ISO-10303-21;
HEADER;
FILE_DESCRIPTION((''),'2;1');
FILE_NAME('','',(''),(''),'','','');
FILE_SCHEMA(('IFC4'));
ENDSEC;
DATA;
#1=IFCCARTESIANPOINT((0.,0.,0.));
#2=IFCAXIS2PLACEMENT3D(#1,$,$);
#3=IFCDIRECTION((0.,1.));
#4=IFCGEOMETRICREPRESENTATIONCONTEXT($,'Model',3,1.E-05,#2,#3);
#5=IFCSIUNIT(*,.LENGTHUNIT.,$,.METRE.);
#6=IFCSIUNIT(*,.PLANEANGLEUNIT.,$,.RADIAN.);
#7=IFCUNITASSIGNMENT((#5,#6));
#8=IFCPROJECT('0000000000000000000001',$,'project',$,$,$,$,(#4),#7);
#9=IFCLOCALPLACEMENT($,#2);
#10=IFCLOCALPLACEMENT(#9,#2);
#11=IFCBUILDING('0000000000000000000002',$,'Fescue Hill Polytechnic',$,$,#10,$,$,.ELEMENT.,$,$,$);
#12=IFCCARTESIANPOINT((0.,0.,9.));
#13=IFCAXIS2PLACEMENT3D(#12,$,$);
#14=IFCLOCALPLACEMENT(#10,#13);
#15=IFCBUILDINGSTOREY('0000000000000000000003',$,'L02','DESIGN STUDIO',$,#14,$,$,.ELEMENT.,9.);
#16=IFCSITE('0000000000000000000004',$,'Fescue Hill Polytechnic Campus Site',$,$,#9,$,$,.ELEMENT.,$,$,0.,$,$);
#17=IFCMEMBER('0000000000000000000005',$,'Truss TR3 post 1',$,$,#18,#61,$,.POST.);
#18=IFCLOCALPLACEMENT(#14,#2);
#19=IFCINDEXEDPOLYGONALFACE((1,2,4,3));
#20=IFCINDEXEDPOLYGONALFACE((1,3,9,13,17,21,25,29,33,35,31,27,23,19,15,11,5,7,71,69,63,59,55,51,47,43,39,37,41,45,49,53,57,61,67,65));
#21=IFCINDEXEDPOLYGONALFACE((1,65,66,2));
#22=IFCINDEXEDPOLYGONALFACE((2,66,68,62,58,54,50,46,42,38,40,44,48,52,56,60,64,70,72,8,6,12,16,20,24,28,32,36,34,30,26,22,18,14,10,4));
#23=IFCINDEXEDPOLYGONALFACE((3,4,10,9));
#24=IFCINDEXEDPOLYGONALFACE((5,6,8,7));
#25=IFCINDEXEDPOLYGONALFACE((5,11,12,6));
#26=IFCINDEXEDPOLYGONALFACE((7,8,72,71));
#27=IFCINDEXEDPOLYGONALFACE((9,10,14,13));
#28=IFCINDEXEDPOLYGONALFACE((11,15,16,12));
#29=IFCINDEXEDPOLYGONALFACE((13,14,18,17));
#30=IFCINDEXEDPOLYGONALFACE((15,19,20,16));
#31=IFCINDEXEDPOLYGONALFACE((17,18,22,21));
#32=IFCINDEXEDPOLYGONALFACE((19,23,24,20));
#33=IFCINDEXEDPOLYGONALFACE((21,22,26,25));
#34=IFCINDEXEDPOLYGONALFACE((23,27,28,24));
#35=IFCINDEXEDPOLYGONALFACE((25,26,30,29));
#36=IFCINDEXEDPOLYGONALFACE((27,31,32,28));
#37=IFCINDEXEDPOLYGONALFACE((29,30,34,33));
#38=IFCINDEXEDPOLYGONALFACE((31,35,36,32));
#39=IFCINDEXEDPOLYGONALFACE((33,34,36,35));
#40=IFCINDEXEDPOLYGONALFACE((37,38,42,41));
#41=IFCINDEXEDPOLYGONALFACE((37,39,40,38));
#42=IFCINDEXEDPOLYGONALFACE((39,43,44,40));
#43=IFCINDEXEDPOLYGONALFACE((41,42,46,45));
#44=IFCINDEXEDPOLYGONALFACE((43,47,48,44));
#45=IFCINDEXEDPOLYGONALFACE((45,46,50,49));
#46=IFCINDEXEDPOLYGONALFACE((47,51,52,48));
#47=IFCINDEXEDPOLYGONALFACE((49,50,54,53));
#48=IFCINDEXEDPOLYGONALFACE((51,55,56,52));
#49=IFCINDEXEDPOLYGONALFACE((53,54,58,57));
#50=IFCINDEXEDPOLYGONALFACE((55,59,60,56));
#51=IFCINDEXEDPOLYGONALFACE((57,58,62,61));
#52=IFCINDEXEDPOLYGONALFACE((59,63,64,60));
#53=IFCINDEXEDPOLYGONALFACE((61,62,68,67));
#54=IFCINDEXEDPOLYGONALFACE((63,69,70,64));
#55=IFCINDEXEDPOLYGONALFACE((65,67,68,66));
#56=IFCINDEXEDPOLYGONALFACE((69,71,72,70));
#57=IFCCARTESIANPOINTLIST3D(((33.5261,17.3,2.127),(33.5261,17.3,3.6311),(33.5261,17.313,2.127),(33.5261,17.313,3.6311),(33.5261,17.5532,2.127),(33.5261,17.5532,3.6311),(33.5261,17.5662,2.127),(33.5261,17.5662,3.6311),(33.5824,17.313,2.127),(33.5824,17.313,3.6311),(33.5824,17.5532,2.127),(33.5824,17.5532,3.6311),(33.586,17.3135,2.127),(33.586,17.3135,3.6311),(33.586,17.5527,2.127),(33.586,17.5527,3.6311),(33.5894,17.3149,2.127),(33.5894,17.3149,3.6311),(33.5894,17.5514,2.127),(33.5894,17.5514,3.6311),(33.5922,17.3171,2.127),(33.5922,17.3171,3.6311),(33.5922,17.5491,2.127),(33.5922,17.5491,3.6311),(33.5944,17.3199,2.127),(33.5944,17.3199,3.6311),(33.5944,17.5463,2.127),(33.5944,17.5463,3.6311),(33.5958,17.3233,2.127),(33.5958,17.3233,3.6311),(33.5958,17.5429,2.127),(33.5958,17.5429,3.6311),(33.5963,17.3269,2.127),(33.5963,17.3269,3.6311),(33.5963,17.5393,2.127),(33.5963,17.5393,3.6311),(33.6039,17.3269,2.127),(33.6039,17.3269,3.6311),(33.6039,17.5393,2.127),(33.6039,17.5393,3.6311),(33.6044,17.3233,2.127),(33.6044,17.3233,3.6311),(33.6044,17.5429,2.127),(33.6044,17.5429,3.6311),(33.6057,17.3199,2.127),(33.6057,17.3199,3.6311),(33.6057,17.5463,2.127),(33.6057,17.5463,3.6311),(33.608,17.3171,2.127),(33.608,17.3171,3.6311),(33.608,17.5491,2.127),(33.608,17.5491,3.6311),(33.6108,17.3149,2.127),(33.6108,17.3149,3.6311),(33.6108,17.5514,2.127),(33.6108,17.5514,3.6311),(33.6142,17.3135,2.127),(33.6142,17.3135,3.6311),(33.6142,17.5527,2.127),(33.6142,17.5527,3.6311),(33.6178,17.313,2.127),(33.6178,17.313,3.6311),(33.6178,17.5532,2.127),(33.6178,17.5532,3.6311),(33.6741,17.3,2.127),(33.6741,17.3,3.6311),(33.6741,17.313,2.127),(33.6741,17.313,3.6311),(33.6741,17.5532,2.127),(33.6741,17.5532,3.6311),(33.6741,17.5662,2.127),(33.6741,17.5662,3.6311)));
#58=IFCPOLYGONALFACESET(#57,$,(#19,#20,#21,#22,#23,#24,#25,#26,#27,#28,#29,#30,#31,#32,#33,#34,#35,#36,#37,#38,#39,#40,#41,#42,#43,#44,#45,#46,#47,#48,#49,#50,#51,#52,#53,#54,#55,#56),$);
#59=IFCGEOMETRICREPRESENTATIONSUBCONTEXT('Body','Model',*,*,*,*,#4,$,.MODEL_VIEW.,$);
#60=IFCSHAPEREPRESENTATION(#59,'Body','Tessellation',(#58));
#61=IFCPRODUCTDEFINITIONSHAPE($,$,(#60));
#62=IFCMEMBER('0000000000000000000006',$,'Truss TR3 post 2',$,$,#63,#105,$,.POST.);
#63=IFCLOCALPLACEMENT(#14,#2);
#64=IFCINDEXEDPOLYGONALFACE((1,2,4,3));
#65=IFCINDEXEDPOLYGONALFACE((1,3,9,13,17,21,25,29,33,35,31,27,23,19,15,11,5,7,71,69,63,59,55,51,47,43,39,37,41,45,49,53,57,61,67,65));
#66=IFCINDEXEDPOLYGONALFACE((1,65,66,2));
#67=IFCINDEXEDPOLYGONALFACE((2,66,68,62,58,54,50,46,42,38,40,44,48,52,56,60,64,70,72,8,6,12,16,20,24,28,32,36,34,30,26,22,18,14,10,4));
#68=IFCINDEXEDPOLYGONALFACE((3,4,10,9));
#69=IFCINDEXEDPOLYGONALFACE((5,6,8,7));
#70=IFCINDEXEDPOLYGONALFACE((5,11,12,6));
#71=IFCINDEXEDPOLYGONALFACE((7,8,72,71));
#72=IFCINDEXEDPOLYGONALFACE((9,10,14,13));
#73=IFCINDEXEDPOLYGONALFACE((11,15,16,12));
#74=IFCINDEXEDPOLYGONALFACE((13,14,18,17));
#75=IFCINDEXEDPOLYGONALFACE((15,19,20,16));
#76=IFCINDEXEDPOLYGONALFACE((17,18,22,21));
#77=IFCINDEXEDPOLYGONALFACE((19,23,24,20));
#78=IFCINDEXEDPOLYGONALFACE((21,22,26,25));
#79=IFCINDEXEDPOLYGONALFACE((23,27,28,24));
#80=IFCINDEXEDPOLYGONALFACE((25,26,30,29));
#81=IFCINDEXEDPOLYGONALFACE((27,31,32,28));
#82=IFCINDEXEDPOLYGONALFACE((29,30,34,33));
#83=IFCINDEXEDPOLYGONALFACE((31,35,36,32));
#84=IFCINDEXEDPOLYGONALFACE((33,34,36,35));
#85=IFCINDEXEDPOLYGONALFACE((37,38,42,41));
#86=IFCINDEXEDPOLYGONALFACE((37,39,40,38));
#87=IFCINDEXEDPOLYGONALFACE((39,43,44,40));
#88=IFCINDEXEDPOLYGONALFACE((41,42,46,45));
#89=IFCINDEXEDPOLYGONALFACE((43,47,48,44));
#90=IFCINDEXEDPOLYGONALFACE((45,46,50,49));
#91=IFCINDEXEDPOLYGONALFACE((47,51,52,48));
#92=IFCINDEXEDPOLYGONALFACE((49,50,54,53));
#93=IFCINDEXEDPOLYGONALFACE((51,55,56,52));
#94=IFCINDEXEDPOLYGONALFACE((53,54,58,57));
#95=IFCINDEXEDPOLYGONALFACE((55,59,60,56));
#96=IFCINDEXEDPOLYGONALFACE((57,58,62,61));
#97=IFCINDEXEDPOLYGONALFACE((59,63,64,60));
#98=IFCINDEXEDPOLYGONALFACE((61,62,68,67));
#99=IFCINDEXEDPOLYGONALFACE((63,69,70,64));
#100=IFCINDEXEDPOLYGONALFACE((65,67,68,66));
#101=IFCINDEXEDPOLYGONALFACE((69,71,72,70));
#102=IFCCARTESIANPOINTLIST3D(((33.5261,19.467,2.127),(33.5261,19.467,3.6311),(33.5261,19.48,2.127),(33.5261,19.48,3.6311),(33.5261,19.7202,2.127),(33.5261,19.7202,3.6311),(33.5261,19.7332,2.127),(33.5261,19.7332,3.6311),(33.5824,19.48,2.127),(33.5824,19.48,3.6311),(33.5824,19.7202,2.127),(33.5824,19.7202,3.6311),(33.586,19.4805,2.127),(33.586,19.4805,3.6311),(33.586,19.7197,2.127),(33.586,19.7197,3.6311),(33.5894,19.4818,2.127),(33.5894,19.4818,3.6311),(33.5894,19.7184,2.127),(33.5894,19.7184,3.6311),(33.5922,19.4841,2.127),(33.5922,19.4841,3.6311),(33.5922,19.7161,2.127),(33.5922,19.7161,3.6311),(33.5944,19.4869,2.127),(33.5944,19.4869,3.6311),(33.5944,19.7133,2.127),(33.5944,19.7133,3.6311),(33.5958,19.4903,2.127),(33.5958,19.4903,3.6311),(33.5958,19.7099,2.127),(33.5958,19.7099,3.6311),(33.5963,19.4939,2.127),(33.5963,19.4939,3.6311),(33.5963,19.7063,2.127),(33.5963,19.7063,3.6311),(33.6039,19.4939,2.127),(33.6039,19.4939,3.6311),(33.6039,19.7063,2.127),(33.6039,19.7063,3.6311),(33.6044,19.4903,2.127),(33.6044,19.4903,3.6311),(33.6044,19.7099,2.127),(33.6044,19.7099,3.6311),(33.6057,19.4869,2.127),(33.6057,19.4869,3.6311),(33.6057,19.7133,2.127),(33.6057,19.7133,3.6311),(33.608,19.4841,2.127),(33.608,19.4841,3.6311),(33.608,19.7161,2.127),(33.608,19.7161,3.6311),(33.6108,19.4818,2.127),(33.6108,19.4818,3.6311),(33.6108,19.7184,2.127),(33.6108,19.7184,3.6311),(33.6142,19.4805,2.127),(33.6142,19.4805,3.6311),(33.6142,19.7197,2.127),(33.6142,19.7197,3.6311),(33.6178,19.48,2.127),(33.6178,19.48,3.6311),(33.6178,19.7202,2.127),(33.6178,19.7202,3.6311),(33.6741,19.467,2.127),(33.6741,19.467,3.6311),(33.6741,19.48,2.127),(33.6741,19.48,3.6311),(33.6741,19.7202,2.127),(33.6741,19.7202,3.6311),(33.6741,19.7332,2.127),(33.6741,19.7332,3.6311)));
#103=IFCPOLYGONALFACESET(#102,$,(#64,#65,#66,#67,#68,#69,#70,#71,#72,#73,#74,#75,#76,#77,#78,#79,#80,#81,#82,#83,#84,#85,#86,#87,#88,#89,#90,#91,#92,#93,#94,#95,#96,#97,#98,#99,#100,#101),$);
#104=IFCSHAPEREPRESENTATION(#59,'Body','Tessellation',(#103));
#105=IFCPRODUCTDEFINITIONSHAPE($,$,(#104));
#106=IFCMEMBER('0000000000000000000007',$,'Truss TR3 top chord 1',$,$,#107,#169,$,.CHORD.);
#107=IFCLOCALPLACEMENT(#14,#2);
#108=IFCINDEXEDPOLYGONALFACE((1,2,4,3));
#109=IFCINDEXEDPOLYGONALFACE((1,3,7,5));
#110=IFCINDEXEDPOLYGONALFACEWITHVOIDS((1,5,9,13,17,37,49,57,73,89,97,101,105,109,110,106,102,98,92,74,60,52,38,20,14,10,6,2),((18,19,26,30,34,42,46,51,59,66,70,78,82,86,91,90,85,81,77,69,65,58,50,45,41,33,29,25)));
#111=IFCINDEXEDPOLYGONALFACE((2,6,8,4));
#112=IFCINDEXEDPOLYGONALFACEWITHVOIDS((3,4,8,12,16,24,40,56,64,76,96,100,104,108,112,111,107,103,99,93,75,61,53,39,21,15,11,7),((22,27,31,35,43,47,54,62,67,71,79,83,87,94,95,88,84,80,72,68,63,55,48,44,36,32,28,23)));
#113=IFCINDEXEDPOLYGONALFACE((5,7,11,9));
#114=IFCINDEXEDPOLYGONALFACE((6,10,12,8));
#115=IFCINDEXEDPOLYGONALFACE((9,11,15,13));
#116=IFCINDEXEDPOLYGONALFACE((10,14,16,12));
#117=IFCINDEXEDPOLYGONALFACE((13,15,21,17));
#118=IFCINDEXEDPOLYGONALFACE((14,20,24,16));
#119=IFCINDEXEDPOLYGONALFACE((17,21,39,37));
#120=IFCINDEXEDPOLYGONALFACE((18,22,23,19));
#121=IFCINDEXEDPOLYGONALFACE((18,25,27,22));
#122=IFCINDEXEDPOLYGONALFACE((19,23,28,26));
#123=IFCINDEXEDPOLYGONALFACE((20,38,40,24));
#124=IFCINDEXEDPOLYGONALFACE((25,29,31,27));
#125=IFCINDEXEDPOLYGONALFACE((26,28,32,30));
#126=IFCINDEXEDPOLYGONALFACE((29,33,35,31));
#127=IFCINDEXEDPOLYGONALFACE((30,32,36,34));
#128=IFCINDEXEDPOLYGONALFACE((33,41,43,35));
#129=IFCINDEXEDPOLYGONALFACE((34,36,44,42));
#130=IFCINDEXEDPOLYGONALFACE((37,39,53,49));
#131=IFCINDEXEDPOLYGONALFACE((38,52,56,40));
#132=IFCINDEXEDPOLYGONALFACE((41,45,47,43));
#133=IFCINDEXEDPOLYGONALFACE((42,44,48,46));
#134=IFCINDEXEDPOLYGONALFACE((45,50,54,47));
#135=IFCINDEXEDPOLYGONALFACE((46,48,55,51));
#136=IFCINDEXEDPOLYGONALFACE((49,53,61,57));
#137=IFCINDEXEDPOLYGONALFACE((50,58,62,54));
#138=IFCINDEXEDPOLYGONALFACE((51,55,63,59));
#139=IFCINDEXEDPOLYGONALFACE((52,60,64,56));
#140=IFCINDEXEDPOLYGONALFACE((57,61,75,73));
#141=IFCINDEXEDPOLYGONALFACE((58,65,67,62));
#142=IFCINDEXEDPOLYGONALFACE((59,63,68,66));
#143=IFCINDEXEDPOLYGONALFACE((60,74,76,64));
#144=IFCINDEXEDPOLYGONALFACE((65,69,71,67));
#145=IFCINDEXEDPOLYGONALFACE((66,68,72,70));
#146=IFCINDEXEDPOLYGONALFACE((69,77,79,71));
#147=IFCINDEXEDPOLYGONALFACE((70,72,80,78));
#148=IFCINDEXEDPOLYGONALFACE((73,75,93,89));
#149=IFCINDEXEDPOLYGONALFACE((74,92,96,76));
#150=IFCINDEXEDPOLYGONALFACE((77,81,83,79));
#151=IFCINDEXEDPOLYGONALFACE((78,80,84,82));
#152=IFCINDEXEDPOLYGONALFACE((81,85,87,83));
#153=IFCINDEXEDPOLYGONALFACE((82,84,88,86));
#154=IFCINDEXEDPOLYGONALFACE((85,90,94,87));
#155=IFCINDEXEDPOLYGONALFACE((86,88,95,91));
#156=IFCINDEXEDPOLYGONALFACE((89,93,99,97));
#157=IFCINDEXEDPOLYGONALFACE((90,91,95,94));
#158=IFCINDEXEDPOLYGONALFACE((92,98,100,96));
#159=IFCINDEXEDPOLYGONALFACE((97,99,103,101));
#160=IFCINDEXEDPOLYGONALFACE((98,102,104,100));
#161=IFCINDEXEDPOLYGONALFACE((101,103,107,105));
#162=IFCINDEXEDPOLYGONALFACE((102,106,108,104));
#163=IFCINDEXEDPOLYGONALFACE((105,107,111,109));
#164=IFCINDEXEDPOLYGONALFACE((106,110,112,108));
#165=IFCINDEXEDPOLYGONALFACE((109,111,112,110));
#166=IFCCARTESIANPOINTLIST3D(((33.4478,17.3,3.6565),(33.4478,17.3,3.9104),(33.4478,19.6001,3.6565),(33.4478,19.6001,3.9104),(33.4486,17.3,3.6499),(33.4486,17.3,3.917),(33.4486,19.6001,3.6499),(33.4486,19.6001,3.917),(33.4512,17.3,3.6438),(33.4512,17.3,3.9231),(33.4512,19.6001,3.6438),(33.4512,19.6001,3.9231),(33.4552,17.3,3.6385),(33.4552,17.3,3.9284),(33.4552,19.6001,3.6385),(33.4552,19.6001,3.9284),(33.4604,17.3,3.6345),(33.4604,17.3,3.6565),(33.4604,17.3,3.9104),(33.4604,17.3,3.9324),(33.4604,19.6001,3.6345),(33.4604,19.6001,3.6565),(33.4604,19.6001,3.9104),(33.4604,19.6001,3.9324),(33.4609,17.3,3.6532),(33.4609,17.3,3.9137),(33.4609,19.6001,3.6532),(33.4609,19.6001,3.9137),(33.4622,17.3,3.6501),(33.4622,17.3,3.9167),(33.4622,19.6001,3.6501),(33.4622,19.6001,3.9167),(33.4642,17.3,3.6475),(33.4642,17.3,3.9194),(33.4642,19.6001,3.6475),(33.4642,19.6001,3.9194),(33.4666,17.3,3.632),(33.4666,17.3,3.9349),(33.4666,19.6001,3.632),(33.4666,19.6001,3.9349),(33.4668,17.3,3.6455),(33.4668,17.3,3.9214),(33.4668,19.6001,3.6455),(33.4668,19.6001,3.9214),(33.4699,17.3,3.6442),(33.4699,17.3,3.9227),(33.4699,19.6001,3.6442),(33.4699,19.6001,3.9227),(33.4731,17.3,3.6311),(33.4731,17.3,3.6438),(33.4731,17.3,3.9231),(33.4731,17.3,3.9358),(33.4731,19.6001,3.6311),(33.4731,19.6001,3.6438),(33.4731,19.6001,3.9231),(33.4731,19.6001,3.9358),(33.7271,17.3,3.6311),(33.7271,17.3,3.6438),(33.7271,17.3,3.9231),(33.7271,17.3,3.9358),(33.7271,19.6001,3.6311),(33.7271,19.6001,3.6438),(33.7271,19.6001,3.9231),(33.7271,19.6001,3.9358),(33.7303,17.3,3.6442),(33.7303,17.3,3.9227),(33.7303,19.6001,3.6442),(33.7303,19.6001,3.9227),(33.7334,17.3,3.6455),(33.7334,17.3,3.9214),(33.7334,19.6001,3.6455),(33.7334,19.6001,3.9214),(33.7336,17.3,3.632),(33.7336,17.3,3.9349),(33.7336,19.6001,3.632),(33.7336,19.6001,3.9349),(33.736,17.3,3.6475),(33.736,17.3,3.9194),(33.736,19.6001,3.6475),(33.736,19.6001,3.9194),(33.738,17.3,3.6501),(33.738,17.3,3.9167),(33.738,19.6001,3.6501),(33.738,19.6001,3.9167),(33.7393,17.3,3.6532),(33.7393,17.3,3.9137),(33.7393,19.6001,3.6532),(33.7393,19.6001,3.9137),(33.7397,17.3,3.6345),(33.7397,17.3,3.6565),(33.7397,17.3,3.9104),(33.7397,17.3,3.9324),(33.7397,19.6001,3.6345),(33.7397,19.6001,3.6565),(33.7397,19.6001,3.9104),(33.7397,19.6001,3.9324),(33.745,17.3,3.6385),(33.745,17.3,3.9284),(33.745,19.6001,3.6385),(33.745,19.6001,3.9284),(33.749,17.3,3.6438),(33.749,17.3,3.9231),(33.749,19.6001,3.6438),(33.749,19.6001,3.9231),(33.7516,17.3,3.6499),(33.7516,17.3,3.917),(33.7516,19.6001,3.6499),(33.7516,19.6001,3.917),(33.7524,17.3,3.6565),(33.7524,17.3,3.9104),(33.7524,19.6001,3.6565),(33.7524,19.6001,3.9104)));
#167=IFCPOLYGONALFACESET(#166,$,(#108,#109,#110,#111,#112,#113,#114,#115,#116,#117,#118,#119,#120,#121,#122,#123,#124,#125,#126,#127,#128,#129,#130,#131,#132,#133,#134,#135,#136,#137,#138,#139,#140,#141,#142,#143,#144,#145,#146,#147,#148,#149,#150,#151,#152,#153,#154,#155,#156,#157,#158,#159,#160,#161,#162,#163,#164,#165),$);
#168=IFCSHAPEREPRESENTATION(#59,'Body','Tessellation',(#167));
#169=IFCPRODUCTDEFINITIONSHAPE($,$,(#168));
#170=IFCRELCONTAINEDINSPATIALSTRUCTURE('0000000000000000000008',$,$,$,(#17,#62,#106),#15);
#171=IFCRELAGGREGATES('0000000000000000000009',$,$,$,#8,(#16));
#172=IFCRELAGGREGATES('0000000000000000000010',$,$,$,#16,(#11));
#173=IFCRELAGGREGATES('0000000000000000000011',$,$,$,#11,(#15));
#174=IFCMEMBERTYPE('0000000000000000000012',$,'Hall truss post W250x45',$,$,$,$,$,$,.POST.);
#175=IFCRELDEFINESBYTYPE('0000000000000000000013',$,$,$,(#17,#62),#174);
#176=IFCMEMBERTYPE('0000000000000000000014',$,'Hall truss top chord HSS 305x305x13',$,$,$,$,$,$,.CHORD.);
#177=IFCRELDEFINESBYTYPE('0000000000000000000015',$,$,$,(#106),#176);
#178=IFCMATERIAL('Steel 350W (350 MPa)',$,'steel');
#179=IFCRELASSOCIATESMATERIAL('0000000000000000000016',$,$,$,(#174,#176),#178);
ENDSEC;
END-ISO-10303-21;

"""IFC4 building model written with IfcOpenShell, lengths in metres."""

from ifc_helpers import new_model, si_unit, direction, frame, origin, origin_2d, place, context, subcontext, project, spatial, hollow_rectangle, i_section, extrude, material, material_profile, profile_set, type_object, element, save


model = new_model("IFC4")

# Units and contexts
model_context = context("Model", 3, precision=1e-05, world=origin(), true_north=direction((0.0, 1.0)))
body_context = subcontext(model_context, "Body", "Model", "MODEL_VIEW")
ifc_project = project(units=[si_unit("LENGTHUNIT", "METRE"), si_unit("PLANEANGLEUNIT", "RADIAN")], contexts=[model_context])

# Site, building, storey
site_placement = place(None, origin())
site = spatial("IfcSite", under=ifc_project, at=site_placement, Name="Fescue Hill Polytechnic Campus Site", CompositionType="ELEMENT", RefElevation=0.0)
building_placement = place(site_placement, origin())
building = spatial("IfcBuilding", under=site, at=building_placement, Name="Fescue Hill Polytechnic", CompositionType="ELEMENT")
storey_placement = place(building_placement, frame((0.0, 0.0, 9.0)))
storey = spatial("IfcBuildingStorey", under=building, at=storey_placement, Name="L02", Description="DESIGN STUDIO", CompositionType="ELEMENT", Elevation=9.0)

# Members
ifc_material_1 = material(Name="Steel 350W (350 MPa)", Category="steel")
ifc_material_profile_1 = material_profile(ifc_material_1, i_section(OverallWidth=0.1479, OverallDepth=0.2661, WebThickness=0.0076, FlangeThickness=0.0129, FilletRadius=0.0139, at=origin_2d()), Name="W250x45")
ifc_profile_set_1 = profile_set([ifc_material_profile_1], Name="Steel 350W (350 MPa)")
member_type_1 = type_object("IfcMemberType", Name="Hall truss post W250x45", PredefinedType="POST", material=ifc_profile_set_1)
for number, where, z_axis, x_axis, name in (
    (1, (33.6001, 17.4331, 2.127), (0.0, 0.0, 1.0), (1.0, 0.0, 0.0), "Truss TR3 post 1"),
    (2, (33.6001, 19.6001, 2.127), (0.0, 0.0, 1.0), (1.0, 0.0, 0.0), "Truss TR3 post 2"),
):
    element("IfcMember", number, at=place(storey_placement, frame(where, z_axis=z_axis, x_axis=x_axis)), inside=storey, type_object=member_type_1, Name=name, PredefinedType="POST", context=body_context, shape_type="SweptSolid", body=[
        extrude(i_section(OverallWidth=0.1479, OverallDepth=0.2661, WebThickness=0.0076, FlangeThickness=0.0129, FilletRadius=0.0139, at=origin_2d()), origin(), (0.0, 0.0, 1.0), 1.5042),
    ])
ifc_material_profile_2 = material_profile(ifc_material_1, hollow_rectangle(XDim=0.3047, YDim=0.3047, WallThickness=0.0127, InnerFilletRadius=0.0127, OuterFilletRadius=0.0254, at=origin_2d()), Name="Hall truss top chord HSS 305x305x13")
ifc_profile_set_2 = profile_set([ifc_material_profile_2], Name="Steel 350W (350 MPa)")
member_type_2 = type_object("IfcMemberType", Name="Hall truss top chord HSS 305x305x13", PredefinedType="CHORD", material=ifc_profile_set_2)
member_1_placement = place(storey_placement, frame((33.6001, 17.3, 3.7834), z_axis=(0.0, 1.0, 0.0), x_axis=(-1.0, 0.0, 0.0)))
element("IfcMember", 3, at=member_1_placement, inside=storey, type_object=member_type_2, Name="Truss TR3 top chord 1", PredefinedType="CHORD", context=body_context, shape_type="SweptSolid", body=[
    extrude(hollow_rectangle(XDim=0.3047, YDim=0.3047, WallThickness=0.0127, InnerFilletRadius=0.0127, OuterFilletRadius=0.0254, at=origin_2d()), origin(), (0.0, 0.0, 1.0), 2.3),
])

save(model, "model.ifc")
